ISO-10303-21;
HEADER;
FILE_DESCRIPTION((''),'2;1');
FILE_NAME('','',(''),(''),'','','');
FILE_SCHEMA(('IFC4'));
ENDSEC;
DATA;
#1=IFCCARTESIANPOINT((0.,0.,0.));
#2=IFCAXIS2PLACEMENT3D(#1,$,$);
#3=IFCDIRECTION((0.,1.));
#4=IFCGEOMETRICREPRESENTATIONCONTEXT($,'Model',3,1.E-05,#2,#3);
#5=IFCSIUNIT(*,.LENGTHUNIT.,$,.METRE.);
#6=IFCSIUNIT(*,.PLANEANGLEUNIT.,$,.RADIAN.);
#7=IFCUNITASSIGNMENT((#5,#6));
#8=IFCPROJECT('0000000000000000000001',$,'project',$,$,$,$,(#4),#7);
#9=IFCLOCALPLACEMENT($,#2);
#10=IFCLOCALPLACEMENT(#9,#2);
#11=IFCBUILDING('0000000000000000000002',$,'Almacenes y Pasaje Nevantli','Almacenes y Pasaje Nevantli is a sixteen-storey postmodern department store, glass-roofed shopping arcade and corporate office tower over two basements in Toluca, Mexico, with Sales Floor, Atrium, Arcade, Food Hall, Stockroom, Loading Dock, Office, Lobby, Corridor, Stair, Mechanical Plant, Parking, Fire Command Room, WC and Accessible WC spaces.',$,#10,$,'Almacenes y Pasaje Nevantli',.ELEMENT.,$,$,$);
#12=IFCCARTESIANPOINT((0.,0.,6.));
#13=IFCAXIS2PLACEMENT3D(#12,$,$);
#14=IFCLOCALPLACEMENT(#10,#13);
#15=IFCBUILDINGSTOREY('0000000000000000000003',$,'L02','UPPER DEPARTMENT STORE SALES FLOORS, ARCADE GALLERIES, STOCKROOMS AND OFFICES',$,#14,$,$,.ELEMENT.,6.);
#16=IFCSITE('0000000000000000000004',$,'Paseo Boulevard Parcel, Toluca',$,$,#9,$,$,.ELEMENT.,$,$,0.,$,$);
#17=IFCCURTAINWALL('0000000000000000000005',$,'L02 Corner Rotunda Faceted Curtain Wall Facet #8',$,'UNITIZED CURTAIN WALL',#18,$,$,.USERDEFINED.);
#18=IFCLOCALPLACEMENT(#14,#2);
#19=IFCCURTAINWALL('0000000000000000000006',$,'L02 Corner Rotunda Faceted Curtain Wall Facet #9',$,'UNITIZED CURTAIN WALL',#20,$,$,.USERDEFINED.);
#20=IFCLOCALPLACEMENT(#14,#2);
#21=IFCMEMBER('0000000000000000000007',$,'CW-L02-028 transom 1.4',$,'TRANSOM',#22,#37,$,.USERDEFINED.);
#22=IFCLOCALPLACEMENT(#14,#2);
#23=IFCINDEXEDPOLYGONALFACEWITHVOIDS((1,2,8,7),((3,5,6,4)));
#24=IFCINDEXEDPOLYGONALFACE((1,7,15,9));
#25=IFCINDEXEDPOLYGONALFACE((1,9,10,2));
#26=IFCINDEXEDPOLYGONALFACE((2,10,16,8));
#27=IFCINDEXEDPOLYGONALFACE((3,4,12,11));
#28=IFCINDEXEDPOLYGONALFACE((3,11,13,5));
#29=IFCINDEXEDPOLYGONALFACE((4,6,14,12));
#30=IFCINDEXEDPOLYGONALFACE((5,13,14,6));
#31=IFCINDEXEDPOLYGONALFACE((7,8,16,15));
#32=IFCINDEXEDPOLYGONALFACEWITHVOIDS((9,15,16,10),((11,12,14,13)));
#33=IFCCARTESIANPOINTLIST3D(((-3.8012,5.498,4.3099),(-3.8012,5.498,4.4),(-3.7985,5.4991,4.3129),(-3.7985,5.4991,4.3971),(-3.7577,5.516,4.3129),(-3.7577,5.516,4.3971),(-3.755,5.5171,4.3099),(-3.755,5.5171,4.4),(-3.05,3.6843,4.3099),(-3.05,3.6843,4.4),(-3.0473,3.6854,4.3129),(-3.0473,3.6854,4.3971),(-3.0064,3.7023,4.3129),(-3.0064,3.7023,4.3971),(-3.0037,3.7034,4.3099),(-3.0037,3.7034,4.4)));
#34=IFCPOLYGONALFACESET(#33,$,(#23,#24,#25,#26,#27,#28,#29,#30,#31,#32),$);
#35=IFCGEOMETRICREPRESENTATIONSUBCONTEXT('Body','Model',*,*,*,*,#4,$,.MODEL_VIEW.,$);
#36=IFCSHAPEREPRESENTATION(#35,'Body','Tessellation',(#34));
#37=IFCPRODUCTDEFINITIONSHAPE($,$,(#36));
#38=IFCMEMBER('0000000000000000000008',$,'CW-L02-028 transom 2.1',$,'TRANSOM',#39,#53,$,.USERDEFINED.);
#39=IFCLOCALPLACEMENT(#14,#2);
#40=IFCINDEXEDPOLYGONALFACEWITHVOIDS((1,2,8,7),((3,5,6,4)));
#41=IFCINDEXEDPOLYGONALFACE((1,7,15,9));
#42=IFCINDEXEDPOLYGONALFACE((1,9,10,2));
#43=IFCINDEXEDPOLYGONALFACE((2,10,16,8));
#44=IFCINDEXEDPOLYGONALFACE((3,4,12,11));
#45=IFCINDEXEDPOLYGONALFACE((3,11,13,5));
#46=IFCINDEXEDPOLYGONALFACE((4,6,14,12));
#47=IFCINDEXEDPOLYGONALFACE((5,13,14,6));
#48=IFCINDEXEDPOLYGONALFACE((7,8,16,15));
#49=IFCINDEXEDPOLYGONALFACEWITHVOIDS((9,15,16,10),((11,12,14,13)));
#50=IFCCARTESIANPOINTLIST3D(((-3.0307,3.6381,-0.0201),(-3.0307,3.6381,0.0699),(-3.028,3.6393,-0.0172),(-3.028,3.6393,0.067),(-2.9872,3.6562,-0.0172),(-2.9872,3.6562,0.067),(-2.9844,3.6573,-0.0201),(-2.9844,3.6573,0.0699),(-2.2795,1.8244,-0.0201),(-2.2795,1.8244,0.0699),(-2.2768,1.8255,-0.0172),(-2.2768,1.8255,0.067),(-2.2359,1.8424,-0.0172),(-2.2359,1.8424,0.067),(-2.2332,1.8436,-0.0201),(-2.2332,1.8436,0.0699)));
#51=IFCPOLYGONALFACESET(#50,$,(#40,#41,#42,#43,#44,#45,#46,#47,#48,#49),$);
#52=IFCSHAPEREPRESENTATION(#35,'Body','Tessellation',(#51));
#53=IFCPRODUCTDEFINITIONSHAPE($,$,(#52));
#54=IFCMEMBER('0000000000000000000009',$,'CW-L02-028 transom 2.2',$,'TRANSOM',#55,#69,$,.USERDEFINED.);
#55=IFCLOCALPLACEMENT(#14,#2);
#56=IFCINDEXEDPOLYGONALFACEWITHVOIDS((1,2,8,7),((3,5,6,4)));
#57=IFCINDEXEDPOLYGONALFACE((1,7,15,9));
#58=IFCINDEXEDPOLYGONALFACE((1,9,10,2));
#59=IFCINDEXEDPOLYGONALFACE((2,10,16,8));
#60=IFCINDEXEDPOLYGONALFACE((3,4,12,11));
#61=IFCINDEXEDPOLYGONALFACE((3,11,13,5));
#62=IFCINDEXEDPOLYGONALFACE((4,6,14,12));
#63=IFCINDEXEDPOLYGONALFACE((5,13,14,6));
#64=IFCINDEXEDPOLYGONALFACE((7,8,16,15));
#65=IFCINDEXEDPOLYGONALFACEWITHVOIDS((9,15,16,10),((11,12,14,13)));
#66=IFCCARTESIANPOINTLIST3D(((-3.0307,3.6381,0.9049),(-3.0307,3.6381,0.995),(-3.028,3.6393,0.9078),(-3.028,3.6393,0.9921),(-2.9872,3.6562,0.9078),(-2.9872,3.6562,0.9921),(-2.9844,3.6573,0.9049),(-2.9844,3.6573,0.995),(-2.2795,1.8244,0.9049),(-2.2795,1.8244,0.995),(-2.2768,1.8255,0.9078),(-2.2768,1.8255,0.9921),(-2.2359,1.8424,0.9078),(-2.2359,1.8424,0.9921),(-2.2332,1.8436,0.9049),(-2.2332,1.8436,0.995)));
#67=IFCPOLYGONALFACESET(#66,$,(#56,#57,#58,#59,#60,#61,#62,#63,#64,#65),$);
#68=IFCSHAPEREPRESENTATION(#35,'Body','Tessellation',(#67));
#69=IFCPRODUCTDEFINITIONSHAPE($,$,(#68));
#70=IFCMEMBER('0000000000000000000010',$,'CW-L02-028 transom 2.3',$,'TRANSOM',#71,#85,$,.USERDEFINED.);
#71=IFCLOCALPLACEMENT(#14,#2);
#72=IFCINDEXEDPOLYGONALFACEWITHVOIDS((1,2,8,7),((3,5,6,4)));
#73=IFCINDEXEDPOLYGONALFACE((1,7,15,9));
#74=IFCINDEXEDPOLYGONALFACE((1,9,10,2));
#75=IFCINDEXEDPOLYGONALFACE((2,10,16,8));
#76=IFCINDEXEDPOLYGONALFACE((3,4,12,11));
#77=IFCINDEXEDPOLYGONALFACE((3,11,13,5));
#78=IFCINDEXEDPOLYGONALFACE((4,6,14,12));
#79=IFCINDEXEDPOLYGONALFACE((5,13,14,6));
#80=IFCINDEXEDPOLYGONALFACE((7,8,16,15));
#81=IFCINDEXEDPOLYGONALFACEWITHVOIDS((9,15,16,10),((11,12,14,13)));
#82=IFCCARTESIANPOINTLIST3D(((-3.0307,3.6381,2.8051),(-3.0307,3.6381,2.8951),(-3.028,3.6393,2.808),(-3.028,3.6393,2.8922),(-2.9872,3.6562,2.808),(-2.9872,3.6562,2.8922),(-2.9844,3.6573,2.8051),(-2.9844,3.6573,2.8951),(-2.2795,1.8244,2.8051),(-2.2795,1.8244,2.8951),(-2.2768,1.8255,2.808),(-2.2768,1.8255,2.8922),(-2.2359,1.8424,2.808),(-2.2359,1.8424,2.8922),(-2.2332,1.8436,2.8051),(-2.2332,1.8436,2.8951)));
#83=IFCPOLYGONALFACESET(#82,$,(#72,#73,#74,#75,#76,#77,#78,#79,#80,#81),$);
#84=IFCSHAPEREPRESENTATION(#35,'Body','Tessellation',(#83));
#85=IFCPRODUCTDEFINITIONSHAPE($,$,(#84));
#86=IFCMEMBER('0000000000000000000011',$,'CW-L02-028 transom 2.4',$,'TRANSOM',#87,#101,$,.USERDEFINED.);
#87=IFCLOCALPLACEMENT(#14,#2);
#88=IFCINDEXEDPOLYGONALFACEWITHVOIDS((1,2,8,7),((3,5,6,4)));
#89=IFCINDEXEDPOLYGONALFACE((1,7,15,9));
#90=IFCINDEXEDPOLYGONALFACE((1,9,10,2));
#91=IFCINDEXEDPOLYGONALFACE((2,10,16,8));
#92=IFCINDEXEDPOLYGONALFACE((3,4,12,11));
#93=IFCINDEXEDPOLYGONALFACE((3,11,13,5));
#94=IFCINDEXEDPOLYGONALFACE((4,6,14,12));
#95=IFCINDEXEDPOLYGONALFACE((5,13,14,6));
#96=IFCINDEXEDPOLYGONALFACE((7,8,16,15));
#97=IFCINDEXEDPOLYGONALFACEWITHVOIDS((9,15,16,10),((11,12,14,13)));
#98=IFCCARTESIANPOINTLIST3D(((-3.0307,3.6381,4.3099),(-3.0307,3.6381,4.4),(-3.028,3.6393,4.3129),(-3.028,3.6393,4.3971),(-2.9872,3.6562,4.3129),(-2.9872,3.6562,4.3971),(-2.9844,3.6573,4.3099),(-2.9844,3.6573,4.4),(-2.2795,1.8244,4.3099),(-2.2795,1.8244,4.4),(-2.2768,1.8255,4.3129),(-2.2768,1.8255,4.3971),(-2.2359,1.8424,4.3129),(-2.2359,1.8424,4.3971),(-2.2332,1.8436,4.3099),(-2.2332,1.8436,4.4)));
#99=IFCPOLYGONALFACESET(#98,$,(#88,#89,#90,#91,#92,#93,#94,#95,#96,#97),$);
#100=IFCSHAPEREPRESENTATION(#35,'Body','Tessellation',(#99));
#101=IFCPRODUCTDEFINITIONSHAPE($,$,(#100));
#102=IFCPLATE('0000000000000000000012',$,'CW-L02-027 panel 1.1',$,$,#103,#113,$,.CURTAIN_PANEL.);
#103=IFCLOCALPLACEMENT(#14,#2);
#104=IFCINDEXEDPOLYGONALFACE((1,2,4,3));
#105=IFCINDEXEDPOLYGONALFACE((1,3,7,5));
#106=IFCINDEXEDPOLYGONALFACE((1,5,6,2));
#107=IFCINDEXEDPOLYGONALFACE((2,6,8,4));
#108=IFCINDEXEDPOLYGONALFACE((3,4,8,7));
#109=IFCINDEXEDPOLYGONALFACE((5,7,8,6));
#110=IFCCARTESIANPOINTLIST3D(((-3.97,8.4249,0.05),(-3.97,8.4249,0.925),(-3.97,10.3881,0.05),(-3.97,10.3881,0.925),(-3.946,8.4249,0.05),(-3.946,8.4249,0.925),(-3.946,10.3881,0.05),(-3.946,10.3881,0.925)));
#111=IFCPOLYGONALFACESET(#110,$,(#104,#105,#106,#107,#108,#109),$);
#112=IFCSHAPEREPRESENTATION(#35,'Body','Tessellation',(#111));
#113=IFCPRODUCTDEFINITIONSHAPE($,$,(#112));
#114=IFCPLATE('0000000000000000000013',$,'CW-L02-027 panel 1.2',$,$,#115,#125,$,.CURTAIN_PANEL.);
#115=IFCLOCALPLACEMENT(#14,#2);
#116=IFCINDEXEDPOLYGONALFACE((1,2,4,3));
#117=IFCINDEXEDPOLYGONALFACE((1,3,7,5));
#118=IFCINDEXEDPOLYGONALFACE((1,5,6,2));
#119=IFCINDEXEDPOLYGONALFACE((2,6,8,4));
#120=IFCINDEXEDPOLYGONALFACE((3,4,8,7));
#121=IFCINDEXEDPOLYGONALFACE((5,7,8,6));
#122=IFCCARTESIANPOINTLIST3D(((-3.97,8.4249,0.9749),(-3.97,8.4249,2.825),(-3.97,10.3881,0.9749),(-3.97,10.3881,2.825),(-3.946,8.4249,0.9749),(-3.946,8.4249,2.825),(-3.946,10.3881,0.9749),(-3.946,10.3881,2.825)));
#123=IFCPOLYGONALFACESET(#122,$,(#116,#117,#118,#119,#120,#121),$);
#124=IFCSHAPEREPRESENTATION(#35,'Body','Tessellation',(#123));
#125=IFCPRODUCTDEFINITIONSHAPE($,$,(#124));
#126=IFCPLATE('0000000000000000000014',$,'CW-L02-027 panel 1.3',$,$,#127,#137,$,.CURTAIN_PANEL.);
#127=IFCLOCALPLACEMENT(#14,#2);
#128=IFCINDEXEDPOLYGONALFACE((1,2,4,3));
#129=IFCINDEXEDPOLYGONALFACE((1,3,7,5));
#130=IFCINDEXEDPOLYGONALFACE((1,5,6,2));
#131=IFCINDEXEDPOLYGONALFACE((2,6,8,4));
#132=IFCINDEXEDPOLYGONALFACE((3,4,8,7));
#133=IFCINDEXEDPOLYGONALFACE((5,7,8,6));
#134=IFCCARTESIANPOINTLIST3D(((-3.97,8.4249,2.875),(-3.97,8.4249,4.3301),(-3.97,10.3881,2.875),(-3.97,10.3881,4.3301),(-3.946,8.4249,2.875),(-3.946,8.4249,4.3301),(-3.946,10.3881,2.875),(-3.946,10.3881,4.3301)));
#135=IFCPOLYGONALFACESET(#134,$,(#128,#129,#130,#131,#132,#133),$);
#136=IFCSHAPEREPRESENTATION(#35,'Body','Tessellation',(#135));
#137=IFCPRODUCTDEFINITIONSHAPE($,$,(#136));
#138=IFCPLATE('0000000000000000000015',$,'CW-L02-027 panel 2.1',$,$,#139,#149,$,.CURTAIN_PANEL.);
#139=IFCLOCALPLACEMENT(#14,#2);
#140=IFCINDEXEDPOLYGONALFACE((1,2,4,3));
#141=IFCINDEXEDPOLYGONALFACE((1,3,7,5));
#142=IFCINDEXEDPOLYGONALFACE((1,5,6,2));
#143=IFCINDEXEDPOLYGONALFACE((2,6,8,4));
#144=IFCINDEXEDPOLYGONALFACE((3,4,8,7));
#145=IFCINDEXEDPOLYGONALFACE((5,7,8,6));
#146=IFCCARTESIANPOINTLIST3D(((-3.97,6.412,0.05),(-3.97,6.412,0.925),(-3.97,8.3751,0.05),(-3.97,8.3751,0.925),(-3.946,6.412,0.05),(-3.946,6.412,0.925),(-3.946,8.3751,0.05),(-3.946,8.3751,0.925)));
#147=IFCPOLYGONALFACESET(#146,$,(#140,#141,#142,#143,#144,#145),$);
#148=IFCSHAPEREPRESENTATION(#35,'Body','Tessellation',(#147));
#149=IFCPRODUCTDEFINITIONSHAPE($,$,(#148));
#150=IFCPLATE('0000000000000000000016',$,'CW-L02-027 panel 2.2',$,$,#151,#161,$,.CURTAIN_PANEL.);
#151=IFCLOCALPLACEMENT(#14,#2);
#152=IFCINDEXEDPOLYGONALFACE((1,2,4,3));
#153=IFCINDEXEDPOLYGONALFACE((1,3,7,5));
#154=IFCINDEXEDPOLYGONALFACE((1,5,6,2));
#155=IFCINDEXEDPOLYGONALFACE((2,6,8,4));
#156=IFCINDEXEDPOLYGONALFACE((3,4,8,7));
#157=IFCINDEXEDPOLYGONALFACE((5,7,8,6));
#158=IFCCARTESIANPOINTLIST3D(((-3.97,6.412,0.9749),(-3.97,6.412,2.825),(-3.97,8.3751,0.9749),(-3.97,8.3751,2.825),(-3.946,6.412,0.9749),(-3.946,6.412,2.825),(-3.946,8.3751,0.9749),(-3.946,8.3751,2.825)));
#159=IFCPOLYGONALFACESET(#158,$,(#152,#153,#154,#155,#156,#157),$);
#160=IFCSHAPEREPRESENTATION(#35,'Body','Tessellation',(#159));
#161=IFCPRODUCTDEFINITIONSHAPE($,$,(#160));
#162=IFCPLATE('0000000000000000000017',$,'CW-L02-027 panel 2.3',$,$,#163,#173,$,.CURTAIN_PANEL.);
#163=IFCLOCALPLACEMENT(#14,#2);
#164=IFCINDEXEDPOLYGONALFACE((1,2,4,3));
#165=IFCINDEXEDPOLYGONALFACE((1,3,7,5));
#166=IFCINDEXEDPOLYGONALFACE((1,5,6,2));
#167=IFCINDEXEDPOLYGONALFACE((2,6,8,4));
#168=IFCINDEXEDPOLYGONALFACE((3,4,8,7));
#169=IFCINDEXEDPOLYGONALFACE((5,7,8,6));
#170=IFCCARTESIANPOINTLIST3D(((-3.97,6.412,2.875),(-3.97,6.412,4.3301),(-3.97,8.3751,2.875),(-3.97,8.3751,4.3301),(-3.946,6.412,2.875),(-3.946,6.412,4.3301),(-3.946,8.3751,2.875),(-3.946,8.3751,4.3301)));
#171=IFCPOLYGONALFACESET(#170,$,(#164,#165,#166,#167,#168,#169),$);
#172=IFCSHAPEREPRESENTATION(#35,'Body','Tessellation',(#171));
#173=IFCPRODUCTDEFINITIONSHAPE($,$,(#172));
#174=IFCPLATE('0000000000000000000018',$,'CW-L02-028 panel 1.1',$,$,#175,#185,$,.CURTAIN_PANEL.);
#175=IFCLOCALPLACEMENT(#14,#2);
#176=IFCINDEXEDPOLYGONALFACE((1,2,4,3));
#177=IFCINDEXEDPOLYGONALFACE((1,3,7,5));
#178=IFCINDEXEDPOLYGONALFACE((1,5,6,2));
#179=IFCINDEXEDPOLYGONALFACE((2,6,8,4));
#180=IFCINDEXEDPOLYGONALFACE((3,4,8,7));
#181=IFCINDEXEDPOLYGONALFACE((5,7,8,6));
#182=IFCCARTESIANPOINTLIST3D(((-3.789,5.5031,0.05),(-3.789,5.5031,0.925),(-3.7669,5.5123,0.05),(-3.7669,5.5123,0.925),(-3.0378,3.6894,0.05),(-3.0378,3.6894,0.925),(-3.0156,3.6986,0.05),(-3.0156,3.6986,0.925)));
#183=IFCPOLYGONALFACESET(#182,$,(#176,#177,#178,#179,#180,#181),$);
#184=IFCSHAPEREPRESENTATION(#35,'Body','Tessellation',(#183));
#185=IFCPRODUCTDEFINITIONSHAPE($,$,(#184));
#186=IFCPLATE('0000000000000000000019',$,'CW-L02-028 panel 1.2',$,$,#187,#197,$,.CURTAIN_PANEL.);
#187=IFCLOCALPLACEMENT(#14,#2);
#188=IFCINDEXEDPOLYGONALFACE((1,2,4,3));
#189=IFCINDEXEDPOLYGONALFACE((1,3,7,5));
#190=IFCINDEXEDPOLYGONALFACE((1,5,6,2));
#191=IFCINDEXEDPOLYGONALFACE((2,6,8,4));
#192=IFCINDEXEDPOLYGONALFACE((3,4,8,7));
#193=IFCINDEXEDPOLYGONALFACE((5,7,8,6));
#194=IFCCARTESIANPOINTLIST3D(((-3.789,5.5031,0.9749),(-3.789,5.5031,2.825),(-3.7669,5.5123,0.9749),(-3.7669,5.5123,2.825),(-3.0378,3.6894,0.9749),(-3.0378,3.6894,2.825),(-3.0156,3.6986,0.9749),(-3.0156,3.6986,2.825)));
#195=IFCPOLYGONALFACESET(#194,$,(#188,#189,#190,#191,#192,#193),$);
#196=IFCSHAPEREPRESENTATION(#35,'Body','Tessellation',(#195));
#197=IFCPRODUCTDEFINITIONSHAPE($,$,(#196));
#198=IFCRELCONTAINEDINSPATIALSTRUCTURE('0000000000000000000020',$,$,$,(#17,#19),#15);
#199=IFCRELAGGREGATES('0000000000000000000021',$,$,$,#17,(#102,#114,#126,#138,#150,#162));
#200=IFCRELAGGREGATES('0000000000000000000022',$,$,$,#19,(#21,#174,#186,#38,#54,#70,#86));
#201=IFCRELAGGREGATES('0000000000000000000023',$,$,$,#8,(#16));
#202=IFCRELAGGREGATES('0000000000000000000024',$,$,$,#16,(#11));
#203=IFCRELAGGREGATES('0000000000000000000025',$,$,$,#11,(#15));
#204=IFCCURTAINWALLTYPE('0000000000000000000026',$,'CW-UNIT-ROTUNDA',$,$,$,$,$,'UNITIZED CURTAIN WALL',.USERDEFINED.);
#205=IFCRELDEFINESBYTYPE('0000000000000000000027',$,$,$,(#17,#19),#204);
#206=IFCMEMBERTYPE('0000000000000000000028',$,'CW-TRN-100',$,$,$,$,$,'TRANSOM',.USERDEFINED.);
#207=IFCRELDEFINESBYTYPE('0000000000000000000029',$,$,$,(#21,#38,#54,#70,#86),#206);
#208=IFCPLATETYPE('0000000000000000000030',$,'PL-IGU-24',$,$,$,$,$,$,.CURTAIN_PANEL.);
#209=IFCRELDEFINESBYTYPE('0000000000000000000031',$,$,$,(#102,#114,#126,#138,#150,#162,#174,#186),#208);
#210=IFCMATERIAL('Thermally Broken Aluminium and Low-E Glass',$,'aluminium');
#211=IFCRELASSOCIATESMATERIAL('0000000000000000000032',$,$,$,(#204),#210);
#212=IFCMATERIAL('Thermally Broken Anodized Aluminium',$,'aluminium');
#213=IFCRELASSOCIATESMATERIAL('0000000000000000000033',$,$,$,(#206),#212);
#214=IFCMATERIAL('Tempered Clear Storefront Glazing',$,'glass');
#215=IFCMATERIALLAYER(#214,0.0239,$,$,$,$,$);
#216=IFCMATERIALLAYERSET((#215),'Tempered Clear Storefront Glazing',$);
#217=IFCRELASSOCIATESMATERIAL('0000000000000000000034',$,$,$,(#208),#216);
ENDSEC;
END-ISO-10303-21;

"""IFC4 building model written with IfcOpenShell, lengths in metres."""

from ifc_helpers import new_model, si_unit, direction, frame, origin, origin_2d, place, context, subcontext, project, spatial, rectangle, hollow_rectangle, extrude, material, layer, layer_set, material_profile, profile_set, type_object, element, aggregate, save


model = new_model("IFC4")

# Units and contexts
model_context = context("Model", 3, precision=1e-05, world=origin(), true_north=direction((0.0, 1.0)))
body_context = subcontext(model_context, "Body", "Model", "MODEL_VIEW")
ifc_project = project(units=[si_unit("LENGTHUNIT", "METRE"), si_unit("PLANEANGLEUNIT", "RADIAN")], contexts=[model_context])

# Site, building, storey
site_placement = place(None, origin())
site = spatial("IfcSite", under=ifc_project, at=site_placement, Name="Paseo Boulevard Parcel, Toluca", CompositionType="ELEMENT", RefElevation=0.0)
building_placement = place(site_placement, origin())
building = spatial("IfcBuilding", under=site, at=building_placement, Name="Almacenes y Pasaje Nevantli", Description="Almacenes y Pasaje Nevantli is a sixteen-storey postmodern department store, glass-roofed shopping arcade and corporate office tower over two basements in Toluca, Mexico, with Sales Floor, Atrium, Arcade, Food Hall, Stockroom, Loading Dock, Office, Lobby, Corridor, Stair, Mechanical Plant, Parking, Fire Command Room, WC and Accessible WC spaces.", LongName="Almacenes y Pasaje Nevantli", CompositionType="ELEMENT")
storey_placement = place(building_placement, frame((0.0, 0.0, 6.0)))
storey = spatial("IfcBuildingStorey", under=building, at=storey_placement, Name="L02", Description="UPPER DEPARTMENT STORE SALES FLOORS, ARCADE GALLERIES, STOCKROOMS AND OFFICES", CompositionType="ELEMENT", Elevation=6.0)

# Curtain walls
ifc_material_1 = material(Name="Thermally Broken Aluminium and Low-E Glass", Category="aluminium")
curtain_wall_type = type_object("IfcCurtainWallType", Name="CW-UNIT-ROTUNDA", ElementType="UNITIZED CURTAIN WALL", PredefinedType="USERDEFINED", material=ifc_material_1)
curtain_wall_1_placement = place(storey_placement, origin())
curtain_wall_1 = element("IfcCurtainWall", 1, at=curtain_wall_1_placement, inside=storey, type_object=curtain_wall_type, Name="L02 Corner Rotunda Faceted Curtain Wall Facet #8", ObjectType="UNITIZED CURTAIN WALL", PredefinedType="USERDEFINED")
curtain_wall_2_placement = place(storey_placement, origin())
curtain_wall_2 = element("IfcCurtainWall", 2, at=curtain_wall_2_placement, inside=storey, type_object=curtain_wall_type, Name="L02 Corner Rotunda Faceted Curtain Wall Facet #9", ObjectType="UNITIZED CURTAIN WALL", PredefinedType="USERDEFINED")

# Members
ifc_material_2 = material(Name="Thermally Broken Anodized Aluminium", Category="aluminium")
ifc_material_profile_1 = material_profile(ifc_material_2, hollow_rectangle(XDim=0.05, YDim=0.0901, WallThickness=0.0029, at=origin_2d()), Name="ALU-TRN-50x90")
ifc_profile_set_1 = profile_set([ifc_material_profile_1], Name="Thermally Broken Anodized Aluminium")
member_type_1 = type_object("IfcMemberType", Name="CW-TRN-100", ElementType="TRANSOM", PredefinedType="USERDEFINED", material=ifc_profile_set_1)
member_1_placement = place(storey_placement, frame((-3.7781, 5.5076, 4.355), z_axis=(0.382663, -0.923888, 0.0), x_axis=(0.923888, 0.382663, 0.0)))
member_1 = element("IfcMember", 3, at=member_1_placement, type_object=member_type_1, Name="CW-L02-028 transom 1.4", ObjectType="TRANSOM", PredefinedType="USERDEFINED", context=body_context, shape_type="SweptSolid", body=[
    extrude(hollow_rectangle(XDim=0.05, YDim=0.0901, WallThickness=0.0029, at=origin_2d()), origin(), (0.0, 0.0, 1.0), 1.9631),
])
member_2_placement = place(storey_placement, frame((-3.0076, 3.6477, 0.0249), z_axis=(0.382663, -0.923888, 0.0), x_axis=(0.923888, 0.382663, 0.0)))
member_2 = element("IfcMember", 4, at=member_2_placement, type_object=member_type_1, Name="CW-L02-028 transom 2.1", ObjectType="TRANSOM", PredefinedType="USERDEFINED", context=body_context, shape_type="SweptSolid", body=[
    extrude(hollow_rectangle(XDim=0.05, YDim=0.0901, WallThickness=0.0029, at=origin_2d()), origin(), (0.0, 0.0, 1.0), 1.9631),
])
member_3_placement = place(storey_placement, frame((-3.0076, 3.6477, 0.95), z_axis=(0.382663, -0.923888, 0.0), x_axis=(0.923888, 0.382663, 0.0)))
member_3 = element("IfcMember", 5, at=member_3_placement, type_object=member_type_1, Name="CW-L02-028 transom 2.2", ObjectType="TRANSOM", PredefinedType="USERDEFINED", context=body_context, shape_type="SweptSolid", body=[
    extrude(hollow_rectangle(XDim=0.05, YDim=0.0901, WallThickness=0.0029, at=origin_2d()), origin(), (0.0, 0.0, 1.0), 1.9631),
])
member_4_placement = place(storey_placement, frame((-3.0076, 3.6477, 2.8501), z_axis=(0.382663, -0.923888, 0.0), x_axis=(0.923888, 0.382663, 0.0)))
member_4 = element("IfcMember", 6, at=member_4_placement, type_object=member_type_1, Name="CW-L02-028 transom 2.3", ObjectType="TRANSOM", PredefinedType="USERDEFINED", context=body_context, shape_type="SweptSolid", body=[
    extrude(hollow_rectangle(XDim=0.05, YDim=0.0901, WallThickness=0.0029, at=origin_2d()), origin(), (0.0, 0.0, 1.0), 1.9631),
])
member_5_placement = place(storey_placement, frame((-3.0076, 3.6477, 4.355), z_axis=(0.382663, -0.923888, 0.0), x_axis=(0.923888, 0.382663, 0.0)))
member_5 = element("IfcMember", 7, at=member_5_placement, type_object=member_type_1, Name="CW-L02-028 transom 2.4", ObjectType="TRANSOM", PredefinedType="USERDEFINED", context=body_context, shape_type="SweptSolid", body=[
    extrude(hollow_rectangle(XDim=0.05, YDim=0.0901, WallThickness=0.0029, at=origin_2d()), origin(), (0.0, 0.0, 1.0), 1.9631),
])

# Plates
ifc_material_3 = material(Name="Tempered Clear Storefront Glazing", Category="glass")
ifc_layer = layer(ifc_material_3, 0.0239)
ifc_layer_set = layer_set([ifc_layer], Name="Tempered Clear Storefront Glazing")
plate_type = type_object("IfcPlateType", Name="PL-IGU-24", PredefinedType="CURTAIN_PANEL", material=ifc_layer_set)
plate_1_placement = place(storey_placement, frame((-3.958, 9.4065, 0.05), z_axis=(0.0, 0.0, 1.0), x_axis=(0.0, -1.0, 0.0)))
plate_1 = element("IfcPlate", 8, at=plate_1_placement, type_object=plate_type, Name="CW-L02-027 panel 1.1", PredefinedType="CURTAIN_PANEL", context=body_context, shape_type="SweptSolid", body=[
    extrude(rectangle(XDim=1.9631, YDim=0.0239, at=origin_2d()), origin(), (0.0, 0.0, 1.0), 0.875),
])
plate_2_placement = place(storey_placement, frame((-3.958, 9.4065, 0.9749), z_axis=(0.0, 0.0, 1.0), x_axis=(0.0, -1.0, 0.0)))
plate_2 = element("IfcPlate", 9, at=plate_2_placement, type_object=plate_type, Name="CW-L02-027 panel 1.2", PredefinedType="CURTAIN_PANEL", context=body_context, shape_type="SweptSolid", body=[
    extrude(rectangle(XDim=1.9631, YDim=0.0239, at=origin_2d()), origin(), (0.0, 0.0, 1.0), 1.8501),
])
plate_3_placement = place(storey_placement, frame((-3.958, 9.4065, 2.875), z_axis=(0.0, 0.0, 1.0), x_axis=(0.0, -1.0, 0.0)))
plate_3 = element("IfcPlate", 10, at=plate_3_placement, type_object=plate_type, Name="CW-L02-027 panel 1.3", PredefinedType="CURTAIN_PANEL", context=body_context, shape_type="SweptSolid", body=[
    extrude(rectangle(XDim=1.9631, YDim=0.0239, at=origin_2d()), origin(), (0.0, 0.0, 1.0), 1.4551),
])
plate_4_placement = place(storey_placement, frame((-3.958, 7.3936, 0.05), z_axis=(0.0, 0.0, 1.0), x_axis=(0.0, -1.0, 0.0)))
plate_4 = element("IfcPlate", 11, at=plate_4_placement, type_object=plate_type, Name="CW-L02-027 panel 2.1", PredefinedType="CURTAIN_PANEL", context=body_context, shape_type="SweptSolid", body=[
    extrude(rectangle(XDim=1.9631, YDim=0.0239, at=origin_2d()), origin(), (0.0, 0.0, 1.0), 0.875),
])
plate_5_placement = place(storey_placement, frame((-3.958, 7.3936, 0.9749), z_axis=(0.0, 0.0, 1.0), x_axis=(0.0, -1.0, 0.0)))
plate_5 = element("IfcPlate", 12, at=plate_5_placement, type_object=plate_type, Name="CW-L02-027 panel 2.2", PredefinedType="CURTAIN_PANEL", context=body_context, shape_type="SweptSolid", body=[
    extrude(rectangle(XDim=1.9631, YDim=0.0239, at=origin_2d()), origin(), (0.0, 0.0, 1.0), 1.8501),
])
plate_6_placement = place(storey_placement, frame((-3.958, 7.3936, 2.875), z_axis=(0.0, 0.0, 1.0), x_axis=(0.0, -1.0, 0.0)))
plate_6 = element("IfcPlate", 13, at=plate_6_placement, type_object=plate_type, Name="CW-L02-027 panel 2.3", PredefinedType="CURTAIN_PANEL", context=body_context, shape_type="SweptSolid", body=[
    extrude(rectangle(XDim=1.9631, YDim=0.0239, at=origin_2d()), origin(), (0.0, 0.0, 1.0), 1.4551),
])
aggregate(curtain_wall_1, [plate_1, plate_2, plate_3, plate_4, plate_5, plate_6])
plate_7_placement = place(storey_placement, frame((-3.4023, 4.6008, 0.05), z_axis=(0.0, 0.0, 1.0), x_axis=(0.382698, -0.923873, 0.0)))
plate_7 = element("IfcPlate", 14, at=plate_7_placement, type_object=plate_type, Name="CW-L02-028 panel 1.1", PredefinedType="CURTAIN_PANEL", context=body_context, shape_type="SweptSolid", body=[
    extrude(rectangle(XDim=1.9631, YDim=0.0239, at=origin_2d()), origin(), (0.0, 0.0, 1.0), 0.875),
])
plate_8_placement = place(storey_placement, frame((-3.4023, 4.6008, 0.9749), z_axis=(0.0, 0.0, 1.0), x_axis=(0.382698, -0.923873, 0.0)))
plate_8 = element("IfcPlate", 15, at=plate_8_placement, type_object=plate_type, Name="CW-L02-028 panel 1.2", PredefinedType="CURTAIN_PANEL", context=body_context, shape_type="SweptSolid", body=[
    extrude(rectangle(XDim=1.9631, YDim=0.0239, at=origin_2d()), origin(), (0.0, 0.0, 1.0), 1.8501),
])
aggregate(curtain_wall_2, [member_1, plate_7, plate_8, member_2, member_3, member_4, member_5])

save(model, "model.ifc")
